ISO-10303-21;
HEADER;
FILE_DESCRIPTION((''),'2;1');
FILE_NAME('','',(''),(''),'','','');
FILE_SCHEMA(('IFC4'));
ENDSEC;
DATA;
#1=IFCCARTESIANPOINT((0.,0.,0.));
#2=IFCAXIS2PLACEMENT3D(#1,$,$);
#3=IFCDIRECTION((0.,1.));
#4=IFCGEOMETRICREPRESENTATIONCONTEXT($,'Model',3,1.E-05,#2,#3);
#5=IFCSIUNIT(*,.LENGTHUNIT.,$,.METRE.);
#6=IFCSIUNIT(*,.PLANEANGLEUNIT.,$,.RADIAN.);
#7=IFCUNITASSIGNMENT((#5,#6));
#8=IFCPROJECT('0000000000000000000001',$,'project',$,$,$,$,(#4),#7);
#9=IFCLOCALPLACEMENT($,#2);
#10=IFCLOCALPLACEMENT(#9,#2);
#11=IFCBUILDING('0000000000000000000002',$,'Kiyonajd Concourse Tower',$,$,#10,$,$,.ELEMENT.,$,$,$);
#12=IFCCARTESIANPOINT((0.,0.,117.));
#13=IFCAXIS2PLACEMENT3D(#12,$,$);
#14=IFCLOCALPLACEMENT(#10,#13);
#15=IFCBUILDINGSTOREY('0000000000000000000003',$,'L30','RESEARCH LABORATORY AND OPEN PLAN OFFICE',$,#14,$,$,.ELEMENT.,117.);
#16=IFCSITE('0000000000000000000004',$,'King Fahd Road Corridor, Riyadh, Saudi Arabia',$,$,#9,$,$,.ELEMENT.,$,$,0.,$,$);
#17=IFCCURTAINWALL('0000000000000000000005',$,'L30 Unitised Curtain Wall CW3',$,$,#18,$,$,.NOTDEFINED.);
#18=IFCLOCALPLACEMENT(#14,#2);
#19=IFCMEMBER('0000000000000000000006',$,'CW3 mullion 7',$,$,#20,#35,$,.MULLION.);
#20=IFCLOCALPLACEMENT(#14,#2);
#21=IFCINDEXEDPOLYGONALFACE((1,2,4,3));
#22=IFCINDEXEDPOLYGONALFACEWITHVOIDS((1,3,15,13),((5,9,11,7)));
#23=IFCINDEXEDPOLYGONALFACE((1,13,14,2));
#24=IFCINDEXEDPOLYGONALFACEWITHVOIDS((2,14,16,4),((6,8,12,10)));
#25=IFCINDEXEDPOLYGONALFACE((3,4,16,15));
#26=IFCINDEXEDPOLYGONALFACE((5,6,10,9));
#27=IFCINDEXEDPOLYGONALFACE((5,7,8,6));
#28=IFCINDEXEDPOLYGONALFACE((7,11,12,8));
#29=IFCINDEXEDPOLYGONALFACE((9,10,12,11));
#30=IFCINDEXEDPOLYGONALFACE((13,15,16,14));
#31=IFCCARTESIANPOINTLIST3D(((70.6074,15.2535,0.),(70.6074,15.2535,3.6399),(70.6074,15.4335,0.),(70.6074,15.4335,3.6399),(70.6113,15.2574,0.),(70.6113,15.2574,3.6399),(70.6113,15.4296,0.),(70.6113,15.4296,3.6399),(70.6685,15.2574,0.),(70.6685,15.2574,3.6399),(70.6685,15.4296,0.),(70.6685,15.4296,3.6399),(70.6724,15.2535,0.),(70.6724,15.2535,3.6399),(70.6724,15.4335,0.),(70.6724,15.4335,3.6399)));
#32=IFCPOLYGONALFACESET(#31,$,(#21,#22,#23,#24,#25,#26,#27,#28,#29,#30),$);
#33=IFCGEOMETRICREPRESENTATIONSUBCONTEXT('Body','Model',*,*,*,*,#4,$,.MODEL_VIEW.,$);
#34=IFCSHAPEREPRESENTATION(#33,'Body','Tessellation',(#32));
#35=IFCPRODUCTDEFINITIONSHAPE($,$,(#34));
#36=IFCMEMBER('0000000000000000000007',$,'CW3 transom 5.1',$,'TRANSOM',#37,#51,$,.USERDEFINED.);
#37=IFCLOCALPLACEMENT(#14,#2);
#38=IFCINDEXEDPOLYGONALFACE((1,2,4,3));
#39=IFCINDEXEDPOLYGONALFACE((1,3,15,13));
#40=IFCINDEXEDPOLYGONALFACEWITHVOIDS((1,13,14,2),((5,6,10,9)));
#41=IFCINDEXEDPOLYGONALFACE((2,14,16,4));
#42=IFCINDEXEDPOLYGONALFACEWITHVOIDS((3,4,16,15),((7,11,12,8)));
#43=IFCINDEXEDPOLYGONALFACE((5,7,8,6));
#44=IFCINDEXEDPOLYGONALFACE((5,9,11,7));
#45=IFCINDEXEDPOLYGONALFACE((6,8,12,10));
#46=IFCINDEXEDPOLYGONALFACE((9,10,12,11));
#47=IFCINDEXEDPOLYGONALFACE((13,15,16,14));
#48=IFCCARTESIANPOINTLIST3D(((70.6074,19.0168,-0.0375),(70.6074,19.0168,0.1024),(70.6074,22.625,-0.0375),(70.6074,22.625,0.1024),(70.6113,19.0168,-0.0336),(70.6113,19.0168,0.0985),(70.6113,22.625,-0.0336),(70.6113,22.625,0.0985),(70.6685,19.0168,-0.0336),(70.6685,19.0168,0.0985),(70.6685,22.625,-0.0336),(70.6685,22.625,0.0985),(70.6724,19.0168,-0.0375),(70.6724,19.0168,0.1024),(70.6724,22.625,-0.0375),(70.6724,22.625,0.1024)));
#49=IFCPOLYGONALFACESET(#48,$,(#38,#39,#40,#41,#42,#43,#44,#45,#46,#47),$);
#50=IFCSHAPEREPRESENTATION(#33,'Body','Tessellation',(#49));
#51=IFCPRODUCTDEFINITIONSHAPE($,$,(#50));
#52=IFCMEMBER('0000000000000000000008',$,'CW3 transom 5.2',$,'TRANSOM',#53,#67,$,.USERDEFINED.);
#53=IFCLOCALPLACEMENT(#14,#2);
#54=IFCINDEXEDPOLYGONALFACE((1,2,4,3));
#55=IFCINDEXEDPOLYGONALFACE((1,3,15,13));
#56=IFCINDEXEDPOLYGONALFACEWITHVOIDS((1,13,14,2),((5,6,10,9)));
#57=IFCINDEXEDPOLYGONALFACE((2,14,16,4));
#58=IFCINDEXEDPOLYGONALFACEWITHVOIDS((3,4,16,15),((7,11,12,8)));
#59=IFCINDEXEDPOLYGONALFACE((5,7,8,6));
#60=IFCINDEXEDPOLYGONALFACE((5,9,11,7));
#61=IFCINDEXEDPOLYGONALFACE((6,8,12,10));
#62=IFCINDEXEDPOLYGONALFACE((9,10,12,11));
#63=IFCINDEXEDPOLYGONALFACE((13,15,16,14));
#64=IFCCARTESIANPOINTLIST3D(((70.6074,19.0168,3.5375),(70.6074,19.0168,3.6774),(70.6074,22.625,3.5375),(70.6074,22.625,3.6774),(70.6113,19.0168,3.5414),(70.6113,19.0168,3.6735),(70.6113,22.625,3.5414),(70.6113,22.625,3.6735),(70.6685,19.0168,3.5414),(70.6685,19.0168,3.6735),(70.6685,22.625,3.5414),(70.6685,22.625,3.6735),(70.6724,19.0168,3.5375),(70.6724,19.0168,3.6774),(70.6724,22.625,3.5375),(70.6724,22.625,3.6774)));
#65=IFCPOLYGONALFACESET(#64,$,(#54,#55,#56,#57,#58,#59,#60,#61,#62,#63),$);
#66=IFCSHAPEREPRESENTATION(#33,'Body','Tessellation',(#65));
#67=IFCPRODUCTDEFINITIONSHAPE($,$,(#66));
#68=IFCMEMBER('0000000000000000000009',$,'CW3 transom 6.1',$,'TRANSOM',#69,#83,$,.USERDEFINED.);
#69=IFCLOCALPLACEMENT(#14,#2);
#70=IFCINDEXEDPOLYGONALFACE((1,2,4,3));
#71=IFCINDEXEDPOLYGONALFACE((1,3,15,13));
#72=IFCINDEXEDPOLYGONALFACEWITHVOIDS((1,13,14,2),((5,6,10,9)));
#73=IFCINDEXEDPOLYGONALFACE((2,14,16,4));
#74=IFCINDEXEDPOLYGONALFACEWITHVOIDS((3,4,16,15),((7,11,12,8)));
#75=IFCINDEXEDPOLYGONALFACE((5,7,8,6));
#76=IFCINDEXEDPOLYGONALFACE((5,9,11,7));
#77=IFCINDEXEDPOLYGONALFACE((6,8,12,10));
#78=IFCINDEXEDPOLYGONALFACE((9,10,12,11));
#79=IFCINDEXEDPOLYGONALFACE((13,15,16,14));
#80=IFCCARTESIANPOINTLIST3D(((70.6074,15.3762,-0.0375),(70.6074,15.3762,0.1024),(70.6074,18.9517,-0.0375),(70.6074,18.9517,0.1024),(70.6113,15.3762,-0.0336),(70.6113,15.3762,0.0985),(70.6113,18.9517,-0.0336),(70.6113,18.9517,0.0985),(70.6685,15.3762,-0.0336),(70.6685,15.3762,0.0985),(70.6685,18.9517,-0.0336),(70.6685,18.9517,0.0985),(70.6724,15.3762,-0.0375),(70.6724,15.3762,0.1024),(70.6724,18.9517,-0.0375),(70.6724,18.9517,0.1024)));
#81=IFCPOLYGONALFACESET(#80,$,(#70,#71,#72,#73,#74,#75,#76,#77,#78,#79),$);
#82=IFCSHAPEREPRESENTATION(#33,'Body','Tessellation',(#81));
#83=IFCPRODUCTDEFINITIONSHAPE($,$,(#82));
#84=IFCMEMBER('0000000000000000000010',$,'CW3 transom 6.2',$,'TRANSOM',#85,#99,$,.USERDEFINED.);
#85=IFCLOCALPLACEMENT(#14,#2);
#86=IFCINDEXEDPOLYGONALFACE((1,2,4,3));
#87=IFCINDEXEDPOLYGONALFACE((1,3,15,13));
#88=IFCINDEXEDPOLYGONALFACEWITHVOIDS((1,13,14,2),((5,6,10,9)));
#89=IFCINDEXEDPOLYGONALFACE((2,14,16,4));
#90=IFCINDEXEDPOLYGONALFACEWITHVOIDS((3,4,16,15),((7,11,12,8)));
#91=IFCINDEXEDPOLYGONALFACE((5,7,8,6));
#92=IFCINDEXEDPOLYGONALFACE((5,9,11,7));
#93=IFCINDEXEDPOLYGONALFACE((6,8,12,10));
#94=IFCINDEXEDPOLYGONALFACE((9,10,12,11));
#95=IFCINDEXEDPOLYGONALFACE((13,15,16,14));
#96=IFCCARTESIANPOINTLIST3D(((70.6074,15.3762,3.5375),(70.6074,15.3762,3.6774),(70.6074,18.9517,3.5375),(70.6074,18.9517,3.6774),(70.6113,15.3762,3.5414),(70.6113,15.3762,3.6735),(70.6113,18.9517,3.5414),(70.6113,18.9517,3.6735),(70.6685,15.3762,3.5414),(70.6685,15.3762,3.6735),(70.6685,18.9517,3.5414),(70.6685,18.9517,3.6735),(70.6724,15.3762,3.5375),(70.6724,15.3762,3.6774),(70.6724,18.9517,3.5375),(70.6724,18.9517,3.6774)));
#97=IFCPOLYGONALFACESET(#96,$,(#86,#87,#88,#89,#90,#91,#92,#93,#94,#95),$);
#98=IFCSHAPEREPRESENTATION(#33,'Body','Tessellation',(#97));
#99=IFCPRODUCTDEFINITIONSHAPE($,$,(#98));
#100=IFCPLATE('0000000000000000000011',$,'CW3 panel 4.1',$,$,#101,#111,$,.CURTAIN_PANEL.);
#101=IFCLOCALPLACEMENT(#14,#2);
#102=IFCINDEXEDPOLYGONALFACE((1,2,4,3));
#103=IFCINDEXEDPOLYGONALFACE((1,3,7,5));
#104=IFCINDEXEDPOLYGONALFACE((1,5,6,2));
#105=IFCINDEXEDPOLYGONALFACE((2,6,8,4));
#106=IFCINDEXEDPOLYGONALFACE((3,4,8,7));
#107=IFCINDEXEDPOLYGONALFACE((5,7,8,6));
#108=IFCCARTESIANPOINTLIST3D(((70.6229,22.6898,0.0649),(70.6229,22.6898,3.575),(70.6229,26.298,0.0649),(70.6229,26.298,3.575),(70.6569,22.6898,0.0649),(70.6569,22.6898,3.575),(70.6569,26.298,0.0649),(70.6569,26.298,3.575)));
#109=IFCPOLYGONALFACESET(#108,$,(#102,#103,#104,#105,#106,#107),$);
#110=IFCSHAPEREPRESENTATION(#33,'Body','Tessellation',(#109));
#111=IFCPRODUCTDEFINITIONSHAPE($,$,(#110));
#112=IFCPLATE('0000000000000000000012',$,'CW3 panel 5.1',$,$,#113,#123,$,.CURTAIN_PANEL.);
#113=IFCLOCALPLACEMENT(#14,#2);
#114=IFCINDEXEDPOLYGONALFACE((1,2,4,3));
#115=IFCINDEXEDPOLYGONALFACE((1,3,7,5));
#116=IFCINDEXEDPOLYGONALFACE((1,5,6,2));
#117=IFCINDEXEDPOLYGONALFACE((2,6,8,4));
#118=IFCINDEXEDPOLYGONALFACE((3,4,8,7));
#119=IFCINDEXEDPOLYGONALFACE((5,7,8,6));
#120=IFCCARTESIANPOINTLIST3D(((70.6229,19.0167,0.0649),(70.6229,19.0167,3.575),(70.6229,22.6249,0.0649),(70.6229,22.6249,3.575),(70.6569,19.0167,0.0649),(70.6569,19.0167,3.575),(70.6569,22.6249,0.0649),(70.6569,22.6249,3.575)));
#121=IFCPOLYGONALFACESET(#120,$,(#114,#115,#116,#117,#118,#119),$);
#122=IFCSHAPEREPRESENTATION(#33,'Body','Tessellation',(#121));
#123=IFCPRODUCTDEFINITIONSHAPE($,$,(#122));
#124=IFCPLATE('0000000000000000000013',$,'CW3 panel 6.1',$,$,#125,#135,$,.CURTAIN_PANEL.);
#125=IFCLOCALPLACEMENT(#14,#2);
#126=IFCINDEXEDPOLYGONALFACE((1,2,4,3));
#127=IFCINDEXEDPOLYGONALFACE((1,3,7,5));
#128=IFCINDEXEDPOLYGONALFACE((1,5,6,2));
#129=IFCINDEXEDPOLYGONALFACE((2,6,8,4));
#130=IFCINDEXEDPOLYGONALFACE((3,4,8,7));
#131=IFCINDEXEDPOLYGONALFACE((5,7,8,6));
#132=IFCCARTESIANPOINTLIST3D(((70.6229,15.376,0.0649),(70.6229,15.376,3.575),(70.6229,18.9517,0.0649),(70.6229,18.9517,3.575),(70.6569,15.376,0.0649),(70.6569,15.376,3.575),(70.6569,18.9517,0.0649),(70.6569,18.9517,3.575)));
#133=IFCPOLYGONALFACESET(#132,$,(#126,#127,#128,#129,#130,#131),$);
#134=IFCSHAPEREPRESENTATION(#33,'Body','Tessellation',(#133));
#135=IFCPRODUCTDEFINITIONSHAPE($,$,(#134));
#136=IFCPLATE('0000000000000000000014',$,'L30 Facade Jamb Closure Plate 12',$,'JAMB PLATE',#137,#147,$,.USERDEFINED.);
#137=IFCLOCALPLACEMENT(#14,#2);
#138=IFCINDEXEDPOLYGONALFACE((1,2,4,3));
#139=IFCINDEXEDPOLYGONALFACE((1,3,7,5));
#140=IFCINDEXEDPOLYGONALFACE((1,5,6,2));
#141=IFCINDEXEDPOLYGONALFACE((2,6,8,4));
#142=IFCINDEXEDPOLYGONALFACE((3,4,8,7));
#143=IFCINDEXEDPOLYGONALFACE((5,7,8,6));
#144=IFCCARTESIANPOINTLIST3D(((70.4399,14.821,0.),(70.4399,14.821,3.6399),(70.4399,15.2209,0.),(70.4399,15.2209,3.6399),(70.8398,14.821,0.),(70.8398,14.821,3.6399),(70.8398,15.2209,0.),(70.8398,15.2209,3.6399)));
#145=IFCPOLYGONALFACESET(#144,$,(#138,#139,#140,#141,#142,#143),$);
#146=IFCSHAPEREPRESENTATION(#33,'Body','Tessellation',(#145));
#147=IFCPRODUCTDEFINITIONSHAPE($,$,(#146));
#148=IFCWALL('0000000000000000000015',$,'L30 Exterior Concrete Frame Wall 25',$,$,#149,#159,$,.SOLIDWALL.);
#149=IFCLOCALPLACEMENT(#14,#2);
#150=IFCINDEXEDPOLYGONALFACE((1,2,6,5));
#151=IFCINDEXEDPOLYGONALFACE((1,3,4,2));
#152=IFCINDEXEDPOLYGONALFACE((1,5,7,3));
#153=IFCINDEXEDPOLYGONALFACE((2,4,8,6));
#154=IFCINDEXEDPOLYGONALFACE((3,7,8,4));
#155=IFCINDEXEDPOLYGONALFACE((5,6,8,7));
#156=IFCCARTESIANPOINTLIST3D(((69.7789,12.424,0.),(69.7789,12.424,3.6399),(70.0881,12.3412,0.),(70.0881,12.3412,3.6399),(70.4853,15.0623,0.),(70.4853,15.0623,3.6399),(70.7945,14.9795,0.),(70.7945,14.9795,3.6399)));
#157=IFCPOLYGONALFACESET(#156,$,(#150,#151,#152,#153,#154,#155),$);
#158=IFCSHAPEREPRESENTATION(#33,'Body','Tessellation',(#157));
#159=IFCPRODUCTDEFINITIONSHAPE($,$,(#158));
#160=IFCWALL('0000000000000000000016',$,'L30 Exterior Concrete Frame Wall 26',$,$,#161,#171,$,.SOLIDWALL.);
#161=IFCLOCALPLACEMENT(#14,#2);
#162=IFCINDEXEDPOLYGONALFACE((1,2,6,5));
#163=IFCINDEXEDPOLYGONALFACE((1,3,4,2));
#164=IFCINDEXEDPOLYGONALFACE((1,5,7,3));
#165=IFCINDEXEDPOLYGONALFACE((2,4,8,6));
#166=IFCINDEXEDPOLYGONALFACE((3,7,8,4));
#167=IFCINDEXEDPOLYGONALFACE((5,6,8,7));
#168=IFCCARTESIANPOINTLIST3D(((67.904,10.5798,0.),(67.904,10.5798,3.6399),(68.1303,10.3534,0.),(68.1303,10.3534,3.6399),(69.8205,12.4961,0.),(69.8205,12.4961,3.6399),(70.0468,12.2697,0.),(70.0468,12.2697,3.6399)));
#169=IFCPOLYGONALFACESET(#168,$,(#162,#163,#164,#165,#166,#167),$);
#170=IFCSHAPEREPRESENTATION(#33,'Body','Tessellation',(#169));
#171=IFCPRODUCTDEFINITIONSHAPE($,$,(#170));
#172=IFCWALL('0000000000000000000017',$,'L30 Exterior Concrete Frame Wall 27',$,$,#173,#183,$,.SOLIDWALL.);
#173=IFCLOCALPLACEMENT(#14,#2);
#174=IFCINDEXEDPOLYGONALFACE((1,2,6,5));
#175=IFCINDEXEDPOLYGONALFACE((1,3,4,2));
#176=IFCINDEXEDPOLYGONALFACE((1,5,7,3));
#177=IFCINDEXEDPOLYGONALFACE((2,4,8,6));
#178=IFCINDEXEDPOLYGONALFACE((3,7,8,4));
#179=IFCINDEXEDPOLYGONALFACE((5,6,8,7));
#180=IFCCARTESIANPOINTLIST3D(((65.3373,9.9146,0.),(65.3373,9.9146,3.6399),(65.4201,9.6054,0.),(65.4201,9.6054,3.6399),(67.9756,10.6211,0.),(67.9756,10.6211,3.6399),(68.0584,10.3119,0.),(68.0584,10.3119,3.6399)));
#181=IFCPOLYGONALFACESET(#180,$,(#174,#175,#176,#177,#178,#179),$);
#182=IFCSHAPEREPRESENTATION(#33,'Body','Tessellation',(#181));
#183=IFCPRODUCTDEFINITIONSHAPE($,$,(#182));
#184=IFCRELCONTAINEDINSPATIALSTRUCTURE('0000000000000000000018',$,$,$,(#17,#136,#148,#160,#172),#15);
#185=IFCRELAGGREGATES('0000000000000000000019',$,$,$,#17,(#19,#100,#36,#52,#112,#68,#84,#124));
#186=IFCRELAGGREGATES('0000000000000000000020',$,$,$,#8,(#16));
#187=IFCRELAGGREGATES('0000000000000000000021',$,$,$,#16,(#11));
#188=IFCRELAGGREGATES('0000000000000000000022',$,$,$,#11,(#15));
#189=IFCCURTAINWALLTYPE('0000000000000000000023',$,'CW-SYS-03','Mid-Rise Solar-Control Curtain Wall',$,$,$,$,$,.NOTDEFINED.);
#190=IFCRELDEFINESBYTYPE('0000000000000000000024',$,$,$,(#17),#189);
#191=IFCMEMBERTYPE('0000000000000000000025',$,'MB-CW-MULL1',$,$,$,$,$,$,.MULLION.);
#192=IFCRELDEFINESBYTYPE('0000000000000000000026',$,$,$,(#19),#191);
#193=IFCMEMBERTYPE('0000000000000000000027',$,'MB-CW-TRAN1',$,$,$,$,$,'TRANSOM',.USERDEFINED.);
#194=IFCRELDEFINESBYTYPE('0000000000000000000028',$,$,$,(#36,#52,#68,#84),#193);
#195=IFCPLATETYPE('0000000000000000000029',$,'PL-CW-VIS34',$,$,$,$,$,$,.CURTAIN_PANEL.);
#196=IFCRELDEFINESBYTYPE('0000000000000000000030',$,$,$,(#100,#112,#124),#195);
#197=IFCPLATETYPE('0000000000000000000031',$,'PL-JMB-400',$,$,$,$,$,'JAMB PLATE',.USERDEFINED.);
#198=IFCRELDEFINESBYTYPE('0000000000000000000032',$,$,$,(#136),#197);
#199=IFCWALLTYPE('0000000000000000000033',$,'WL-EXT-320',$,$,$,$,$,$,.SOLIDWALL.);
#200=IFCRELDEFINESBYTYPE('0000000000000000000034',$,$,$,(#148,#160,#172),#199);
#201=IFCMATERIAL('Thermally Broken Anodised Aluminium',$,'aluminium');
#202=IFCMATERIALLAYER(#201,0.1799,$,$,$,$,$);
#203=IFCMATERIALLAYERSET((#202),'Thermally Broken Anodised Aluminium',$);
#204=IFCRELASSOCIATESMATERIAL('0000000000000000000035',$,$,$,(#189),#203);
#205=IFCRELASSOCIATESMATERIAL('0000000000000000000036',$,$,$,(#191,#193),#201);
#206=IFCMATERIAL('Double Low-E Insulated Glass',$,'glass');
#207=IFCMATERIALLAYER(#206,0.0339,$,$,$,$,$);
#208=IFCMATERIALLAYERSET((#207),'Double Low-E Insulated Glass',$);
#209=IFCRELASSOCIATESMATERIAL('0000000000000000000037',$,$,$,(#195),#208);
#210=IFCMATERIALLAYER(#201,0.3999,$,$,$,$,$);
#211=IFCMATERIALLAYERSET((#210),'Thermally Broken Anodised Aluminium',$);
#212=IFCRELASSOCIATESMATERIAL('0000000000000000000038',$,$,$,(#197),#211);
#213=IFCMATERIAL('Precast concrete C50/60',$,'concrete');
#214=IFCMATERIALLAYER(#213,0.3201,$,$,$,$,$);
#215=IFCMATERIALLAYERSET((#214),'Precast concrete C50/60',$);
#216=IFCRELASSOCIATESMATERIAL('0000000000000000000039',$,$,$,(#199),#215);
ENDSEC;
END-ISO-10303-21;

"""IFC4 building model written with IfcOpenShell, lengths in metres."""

from ifc_helpers import new_model, si_unit, direction, frame, frame_2d, origin, origin_2d, place, context, subcontext, project, spatial, rectangle, hollow_rectangle, extrude, material, layer, layer_set, material_profile, profile_set, type_object, element, aggregate, save


model = new_model("IFC4")

# Units and contexts
model_context = context("Model", 3, precision=1e-05, world=origin(), true_north=direction((0.0, 1.0)))
body_context = subcontext(model_context, "Body", "Model", "MODEL_VIEW")
ifc_project = project(units=[si_unit("LENGTHUNIT", "METRE"), si_unit("PLANEANGLEUNIT", "RADIAN")], contexts=[model_context])

# Site, building, storey
site_placement = place(None, origin())
site = spatial("IfcSite", under=ifc_project, at=site_placement, Name="King Fahd Road Corridor, Riyadh, Saudi Arabia", CompositionType="ELEMENT", RefElevation=0.0)
building_placement = place(site_placement, origin())
building = spatial("IfcBuilding", under=site, at=building_placement, Name="Kiyonajd Concourse Tower", CompositionType="ELEMENT")
storey_placement = place(building_placement, frame((0.0, 0.0, 117.0)))
storey = spatial("IfcBuildingStorey", under=building, at=storey_placement, Name="L30", Description="RESEARCH LABORATORY AND OPEN PLAN OFFICE", CompositionType="ELEMENT", Elevation=117.0)

# Shared definitions
ifc_material_1 = material(Name="Precast concrete C50/60", Category="concrete")

# Curtain wall, members, plates
ifc_material_2 = material(Name="Thermally Broken Anodised Aluminium", Category="aluminium")
ifc_layer_1 = layer(ifc_material_2, 0.1799)
ifc_layer_set_1 = layer_set([ifc_layer_1], Name="Thermally Broken Anodised Aluminium")
curtain_wall_type = type_object("IfcCurtainWallType", Name="CW-SYS-03", Description="Mid-Rise Solar-Control Curtain Wall", PredefinedType="NOTDEFINED", material=ifc_layer_set_1)
curtain_wall_placement = place(storey_placement, origin())
curtain_wall = element("IfcCurtainWall", 1, at=curtain_wall_placement, inside=storey, type_object=curtain_wall_type, Name="L30 Unitised Curtain Wall CW3", PredefinedType="NOTDEFINED")
ifc_material_profile_1 = material_profile(ifc_material_2, hollow_rectangle(XDim=0.0649, YDim=0.1799, WallThickness=0.0039, at=origin_2d()), Name="MULL-65x180")
ifc_profile_set_1 = profile_set([ifc_material_profile_1], Name="Thermally Broken Anodised Aluminium")
member_type_1 = type_object("IfcMemberType", Name="MB-CW-MULL1", PredefinedType="MULLION", material=ifc_profile_set_1)
member_1_placement = place(storey_placement, frame((70.6399, 15.3435, 0.0), z_axis=(0.0, 0.0, 1.0), x_axis=(1.0, 0.0, 0.0)))
member_1 = element("IfcMember", 2, at=member_1_placement, type_object=member_type_1, Name="CW3 mullion 7", PredefinedType="MULLION", context=body_context, shape_type="SweptSolid", body=[
    extrude(hollow_rectangle(XDim=0.0649, YDim=0.1799, WallThickness=0.0039, at=origin_2d()), origin(), (0.0, 0.0, 1.0), 3.6399),
])
ifc_material_profile_2 = material_profile(ifc_material_2, hollow_rectangle(XDim=0.0649, YDim=0.1399, WallThickness=0.0039, at=origin_2d()), Name="TRAN-65x140")
ifc_profile_set_2 = profile_set([ifc_material_profile_2], Name="Thermally Broken Anodised Aluminium")
member_type_2 = type_object("IfcMemberType", Name="MB-CW-TRAN1", ElementType="TRANSOM", PredefinedType="USERDEFINED", material=ifc_profile_set_2)
member_2_placement = place(storey_placement, frame((70.6399, 22.625, 0.0325), z_axis=(0.0, -1.0, 0.0), x_axis=(1.0, 0.0, 0.0)))
member_2 = element("IfcMember", 3, at=member_2_placement, type_object=member_type_2, Name="CW3 transom 5.1", ObjectType="TRANSOM", PredefinedType="USERDEFINED", context=body_context, shape_type="SweptSolid", body=[
    extrude(hollow_rectangle(XDim=0.0649, YDim=0.1399, WallThickness=0.0039, at=origin_2d()), origin(), (0.0, 0.0, 1.0), 3.6082),
])
member_3_placement = place(storey_placement, frame((70.6399, 22.625, 3.6074), z_axis=(0.0, -1.0, 0.0), x_axis=(1.0, 0.0, 0.0)))
member_3 = element("IfcMember", 4, at=member_3_placement, type_object=member_type_2, Name="CW3 transom 5.2", ObjectType="TRANSOM", PredefinedType="USERDEFINED", context=body_context, shape_type="SweptSolid", body=[
    extrude(hollow_rectangle(XDim=0.0649, YDim=0.1399, WallThickness=0.0039, at=origin_2d()), origin(), (0.0, 0.0, 1.0), 3.6082),
])
member_4_placement = place(storey_placement, frame((70.6399, 18.9517, 0.0325), z_axis=(0.0, -1.0, 0.0), x_axis=(1.0, 0.0, 0.0)))
member_4 = element("IfcMember", 5, at=member_4_placement, type_object=member_type_2, Name="CW3 transom 6.1", ObjectType="TRANSOM", PredefinedType="USERDEFINED", context=body_context, shape_type="SweptSolid", body=[
    extrude(hollow_rectangle(XDim=0.0649, YDim=0.1399, WallThickness=0.0039, at=origin_2d()), origin(), (0.0, 0.0, 1.0), 3.5754),
])
member_5_placement = place(storey_placement, frame((70.6399, 18.9517, 3.6074), z_axis=(0.0, -1.0, 0.0), x_axis=(1.0, 0.0, 0.0)))
member_5 = element("IfcMember", 6, at=member_5_placement, type_object=member_type_2, Name="CW3 transom 6.2", ObjectType="TRANSOM", PredefinedType="USERDEFINED", context=body_context, shape_type="SweptSolid", body=[
    extrude(hollow_rectangle(XDim=0.0649, YDim=0.1399, WallThickness=0.0039, at=origin_2d()), origin(), (0.0, 0.0, 1.0), 3.5754),
])
ifc_material_3 = material(Name="Double Low-E Insulated Glass", Category="glass")
ifc_layer_2 = layer(ifc_material_3, 0.0339)
ifc_layer_set_2 = layer_set([ifc_layer_2], Name="Double Low-E Insulated Glass")
plate_type_1 = type_object("IfcPlateType", Name="PL-CW-VIS34", PredefinedType="CURTAIN_PANEL", material=ifc_layer_set_2)
plate_1_placement = place(storey_placement, frame((70.6399, 24.4939, 0.0649), z_axis=(0.0, 0.0, 1.0), x_axis=(0.0, -1.0, 0.0)))
plate_1 = element("IfcPlate", 7, at=plate_1_placement, type_object=plate_type_1, Name="CW3 panel 4.1", PredefinedType="CURTAIN_PANEL", context=body_context, shape_type="SweptSolid", body=[
    extrude(rectangle(XDim=3.6082, YDim=0.0339, at=origin_2d()), origin(), (0.0, 0.0, 1.0), 3.51),
])
plate_2_placement = place(storey_placement, frame((70.6399, 20.8208, 0.0649), z_axis=(0.0, 0.0, 1.0), x_axis=(0.0, -1.0, 0.0)))
plate_2 = element("IfcPlate", 8, at=plate_2_placement, type_object=plate_type_1, Name="CW3 panel 5.1", PredefinedType="CURTAIN_PANEL", context=body_context, shape_type="SweptSolid", body=[
    extrude(rectangle(XDim=3.6082, YDim=0.0339, at=origin_2d()), origin(), (0.0, 0.0, 1.0), 3.51),
])
plate_3_placement = place(storey_placement, frame((70.6399, 17.1638, 0.0649), z_axis=(0.0, 0.0, 1.0), x_axis=(0.0, -1.0, 0.0)))
plate_3 = element("IfcPlate", 9, at=plate_3_placement, type_object=plate_type_1, Name="CW3 panel 6.1", PredefinedType="CURTAIN_PANEL", context=body_context, shape_type="SweptSolid", body=[
    extrude(rectangle(XDim=3.5757, YDim=0.0339, at=origin_2d()), origin(), (0.0, 0.0, 1.0), 3.51),
])
aggregate(curtain_wall, [member_1, plate_1, member_2, member_3, plate_2, member_4, member_5, plate_3])

# Plate
ifc_layer_3 = layer(ifc_material_2, 0.3999)
ifc_layer_set_3 = layer_set([ifc_layer_3], Name="Thermally Broken Anodised Aluminium")
plate_type_2 = type_object("IfcPlateType", Name="PL-JMB-400", ElementType="JAMB PLATE", PredefinedType="USERDEFINED", material=ifc_layer_set_3)
plate_4_placement = place(storey_placement, frame((70.6399, 15.021, 0.0), z_axis=(0.0, 0.0, 1.0), x_axis=(1.0, 0.0, 0.0)))
element("IfcPlate", 10, at=plate_4_placement, inside=storey, type_object=plate_type_2, Name="L30 Facade Jamb Closure Plate 12", ObjectType="JAMB PLATE", PredefinedType="USERDEFINED", context=body_context, shape_type="SweptSolid", body=[
    extrude(rectangle(XDim=0.3999, YDim=0.3999, at=origin_2d()), origin(), (0.0, 0.0, 1.0), 3.6399),
])

# Walls
ifc_layer_4 = layer(ifc_material_1, 0.3201)
ifc_layer_set_4 = layer_set([ifc_layer_4], Name="Precast concrete C50/60")
wall_type_1 = type_object("IfcWallType", Name="WL-EXT-320", PredefinedType="SOLIDWALL", material=ifc_layer_set_4)
wall_1_placement = place(storey_placement, frame((70.6399, 15.021, 0.0), z_axis=(0.0, 0.0, 1.0), x_axis=(-0.258614, -0.965981, 0.0)))
element("IfcWall", 11, at=wall_1_placement, inside=storey, type_object=wall_type_1, Name="L30 Exterior Concrete Frame Wall 25", PredefinedType="SOLIDWALL", context=body_context, shape_type="SweptSolid", body=[
    extrude(rectangle(XDim=2.7312, YDim=0.3201, at=frame_2d((1.3657, 0.0))), origin(), (0.0, 0.0, 1.0), 3.6399),
])
wall_2_placement = place(storey_placement, frame((69.9336, 12.3828, 0.0), z_axis=(0.0, 0.0, 1.0), x_axis=(-0.707152, -0.707062, 0.0)))
element("IfcWall", 12, at=wall_2_placement, inside=storey, type_object=wall_type_1, Name="L30 Exterior Concrete Frame Wall 26", PredefinedType="SOLIDWALL", context=body_context, shape_type="SweptSolid", body=[
    extrude(rectangle(XDim=2.7102, YDim=0.3201, at=frame_2d((1.355, 0.0))), origin(), (0.0, 0.0, 1.0), 3.6399),
])
wall_3_placement = place(storey_placement, frame((68.0171, 10.4666, 0.0), z_axis=(0.0, 0.0, 1.0), x_axis=(-0.965958, -0.258697, 0.0)))
element("IfcWall", 13, at=wall_3_placement, inside=storey, type_object=wall_type_1, Name="L30 Exterior Concrete Frame Wall 27", PredefinedType="SOLIDWALL", context=body_context, shape_type="SweptSolid", body=[
    extrude(rectangle(XDim=2.7312, YDim=0.3201, at=frame_2d((1.3657, 0.0))), origin(), (0.0, 0.0, 1.0), 3.6399),
])

save(model, "model.ifc")
